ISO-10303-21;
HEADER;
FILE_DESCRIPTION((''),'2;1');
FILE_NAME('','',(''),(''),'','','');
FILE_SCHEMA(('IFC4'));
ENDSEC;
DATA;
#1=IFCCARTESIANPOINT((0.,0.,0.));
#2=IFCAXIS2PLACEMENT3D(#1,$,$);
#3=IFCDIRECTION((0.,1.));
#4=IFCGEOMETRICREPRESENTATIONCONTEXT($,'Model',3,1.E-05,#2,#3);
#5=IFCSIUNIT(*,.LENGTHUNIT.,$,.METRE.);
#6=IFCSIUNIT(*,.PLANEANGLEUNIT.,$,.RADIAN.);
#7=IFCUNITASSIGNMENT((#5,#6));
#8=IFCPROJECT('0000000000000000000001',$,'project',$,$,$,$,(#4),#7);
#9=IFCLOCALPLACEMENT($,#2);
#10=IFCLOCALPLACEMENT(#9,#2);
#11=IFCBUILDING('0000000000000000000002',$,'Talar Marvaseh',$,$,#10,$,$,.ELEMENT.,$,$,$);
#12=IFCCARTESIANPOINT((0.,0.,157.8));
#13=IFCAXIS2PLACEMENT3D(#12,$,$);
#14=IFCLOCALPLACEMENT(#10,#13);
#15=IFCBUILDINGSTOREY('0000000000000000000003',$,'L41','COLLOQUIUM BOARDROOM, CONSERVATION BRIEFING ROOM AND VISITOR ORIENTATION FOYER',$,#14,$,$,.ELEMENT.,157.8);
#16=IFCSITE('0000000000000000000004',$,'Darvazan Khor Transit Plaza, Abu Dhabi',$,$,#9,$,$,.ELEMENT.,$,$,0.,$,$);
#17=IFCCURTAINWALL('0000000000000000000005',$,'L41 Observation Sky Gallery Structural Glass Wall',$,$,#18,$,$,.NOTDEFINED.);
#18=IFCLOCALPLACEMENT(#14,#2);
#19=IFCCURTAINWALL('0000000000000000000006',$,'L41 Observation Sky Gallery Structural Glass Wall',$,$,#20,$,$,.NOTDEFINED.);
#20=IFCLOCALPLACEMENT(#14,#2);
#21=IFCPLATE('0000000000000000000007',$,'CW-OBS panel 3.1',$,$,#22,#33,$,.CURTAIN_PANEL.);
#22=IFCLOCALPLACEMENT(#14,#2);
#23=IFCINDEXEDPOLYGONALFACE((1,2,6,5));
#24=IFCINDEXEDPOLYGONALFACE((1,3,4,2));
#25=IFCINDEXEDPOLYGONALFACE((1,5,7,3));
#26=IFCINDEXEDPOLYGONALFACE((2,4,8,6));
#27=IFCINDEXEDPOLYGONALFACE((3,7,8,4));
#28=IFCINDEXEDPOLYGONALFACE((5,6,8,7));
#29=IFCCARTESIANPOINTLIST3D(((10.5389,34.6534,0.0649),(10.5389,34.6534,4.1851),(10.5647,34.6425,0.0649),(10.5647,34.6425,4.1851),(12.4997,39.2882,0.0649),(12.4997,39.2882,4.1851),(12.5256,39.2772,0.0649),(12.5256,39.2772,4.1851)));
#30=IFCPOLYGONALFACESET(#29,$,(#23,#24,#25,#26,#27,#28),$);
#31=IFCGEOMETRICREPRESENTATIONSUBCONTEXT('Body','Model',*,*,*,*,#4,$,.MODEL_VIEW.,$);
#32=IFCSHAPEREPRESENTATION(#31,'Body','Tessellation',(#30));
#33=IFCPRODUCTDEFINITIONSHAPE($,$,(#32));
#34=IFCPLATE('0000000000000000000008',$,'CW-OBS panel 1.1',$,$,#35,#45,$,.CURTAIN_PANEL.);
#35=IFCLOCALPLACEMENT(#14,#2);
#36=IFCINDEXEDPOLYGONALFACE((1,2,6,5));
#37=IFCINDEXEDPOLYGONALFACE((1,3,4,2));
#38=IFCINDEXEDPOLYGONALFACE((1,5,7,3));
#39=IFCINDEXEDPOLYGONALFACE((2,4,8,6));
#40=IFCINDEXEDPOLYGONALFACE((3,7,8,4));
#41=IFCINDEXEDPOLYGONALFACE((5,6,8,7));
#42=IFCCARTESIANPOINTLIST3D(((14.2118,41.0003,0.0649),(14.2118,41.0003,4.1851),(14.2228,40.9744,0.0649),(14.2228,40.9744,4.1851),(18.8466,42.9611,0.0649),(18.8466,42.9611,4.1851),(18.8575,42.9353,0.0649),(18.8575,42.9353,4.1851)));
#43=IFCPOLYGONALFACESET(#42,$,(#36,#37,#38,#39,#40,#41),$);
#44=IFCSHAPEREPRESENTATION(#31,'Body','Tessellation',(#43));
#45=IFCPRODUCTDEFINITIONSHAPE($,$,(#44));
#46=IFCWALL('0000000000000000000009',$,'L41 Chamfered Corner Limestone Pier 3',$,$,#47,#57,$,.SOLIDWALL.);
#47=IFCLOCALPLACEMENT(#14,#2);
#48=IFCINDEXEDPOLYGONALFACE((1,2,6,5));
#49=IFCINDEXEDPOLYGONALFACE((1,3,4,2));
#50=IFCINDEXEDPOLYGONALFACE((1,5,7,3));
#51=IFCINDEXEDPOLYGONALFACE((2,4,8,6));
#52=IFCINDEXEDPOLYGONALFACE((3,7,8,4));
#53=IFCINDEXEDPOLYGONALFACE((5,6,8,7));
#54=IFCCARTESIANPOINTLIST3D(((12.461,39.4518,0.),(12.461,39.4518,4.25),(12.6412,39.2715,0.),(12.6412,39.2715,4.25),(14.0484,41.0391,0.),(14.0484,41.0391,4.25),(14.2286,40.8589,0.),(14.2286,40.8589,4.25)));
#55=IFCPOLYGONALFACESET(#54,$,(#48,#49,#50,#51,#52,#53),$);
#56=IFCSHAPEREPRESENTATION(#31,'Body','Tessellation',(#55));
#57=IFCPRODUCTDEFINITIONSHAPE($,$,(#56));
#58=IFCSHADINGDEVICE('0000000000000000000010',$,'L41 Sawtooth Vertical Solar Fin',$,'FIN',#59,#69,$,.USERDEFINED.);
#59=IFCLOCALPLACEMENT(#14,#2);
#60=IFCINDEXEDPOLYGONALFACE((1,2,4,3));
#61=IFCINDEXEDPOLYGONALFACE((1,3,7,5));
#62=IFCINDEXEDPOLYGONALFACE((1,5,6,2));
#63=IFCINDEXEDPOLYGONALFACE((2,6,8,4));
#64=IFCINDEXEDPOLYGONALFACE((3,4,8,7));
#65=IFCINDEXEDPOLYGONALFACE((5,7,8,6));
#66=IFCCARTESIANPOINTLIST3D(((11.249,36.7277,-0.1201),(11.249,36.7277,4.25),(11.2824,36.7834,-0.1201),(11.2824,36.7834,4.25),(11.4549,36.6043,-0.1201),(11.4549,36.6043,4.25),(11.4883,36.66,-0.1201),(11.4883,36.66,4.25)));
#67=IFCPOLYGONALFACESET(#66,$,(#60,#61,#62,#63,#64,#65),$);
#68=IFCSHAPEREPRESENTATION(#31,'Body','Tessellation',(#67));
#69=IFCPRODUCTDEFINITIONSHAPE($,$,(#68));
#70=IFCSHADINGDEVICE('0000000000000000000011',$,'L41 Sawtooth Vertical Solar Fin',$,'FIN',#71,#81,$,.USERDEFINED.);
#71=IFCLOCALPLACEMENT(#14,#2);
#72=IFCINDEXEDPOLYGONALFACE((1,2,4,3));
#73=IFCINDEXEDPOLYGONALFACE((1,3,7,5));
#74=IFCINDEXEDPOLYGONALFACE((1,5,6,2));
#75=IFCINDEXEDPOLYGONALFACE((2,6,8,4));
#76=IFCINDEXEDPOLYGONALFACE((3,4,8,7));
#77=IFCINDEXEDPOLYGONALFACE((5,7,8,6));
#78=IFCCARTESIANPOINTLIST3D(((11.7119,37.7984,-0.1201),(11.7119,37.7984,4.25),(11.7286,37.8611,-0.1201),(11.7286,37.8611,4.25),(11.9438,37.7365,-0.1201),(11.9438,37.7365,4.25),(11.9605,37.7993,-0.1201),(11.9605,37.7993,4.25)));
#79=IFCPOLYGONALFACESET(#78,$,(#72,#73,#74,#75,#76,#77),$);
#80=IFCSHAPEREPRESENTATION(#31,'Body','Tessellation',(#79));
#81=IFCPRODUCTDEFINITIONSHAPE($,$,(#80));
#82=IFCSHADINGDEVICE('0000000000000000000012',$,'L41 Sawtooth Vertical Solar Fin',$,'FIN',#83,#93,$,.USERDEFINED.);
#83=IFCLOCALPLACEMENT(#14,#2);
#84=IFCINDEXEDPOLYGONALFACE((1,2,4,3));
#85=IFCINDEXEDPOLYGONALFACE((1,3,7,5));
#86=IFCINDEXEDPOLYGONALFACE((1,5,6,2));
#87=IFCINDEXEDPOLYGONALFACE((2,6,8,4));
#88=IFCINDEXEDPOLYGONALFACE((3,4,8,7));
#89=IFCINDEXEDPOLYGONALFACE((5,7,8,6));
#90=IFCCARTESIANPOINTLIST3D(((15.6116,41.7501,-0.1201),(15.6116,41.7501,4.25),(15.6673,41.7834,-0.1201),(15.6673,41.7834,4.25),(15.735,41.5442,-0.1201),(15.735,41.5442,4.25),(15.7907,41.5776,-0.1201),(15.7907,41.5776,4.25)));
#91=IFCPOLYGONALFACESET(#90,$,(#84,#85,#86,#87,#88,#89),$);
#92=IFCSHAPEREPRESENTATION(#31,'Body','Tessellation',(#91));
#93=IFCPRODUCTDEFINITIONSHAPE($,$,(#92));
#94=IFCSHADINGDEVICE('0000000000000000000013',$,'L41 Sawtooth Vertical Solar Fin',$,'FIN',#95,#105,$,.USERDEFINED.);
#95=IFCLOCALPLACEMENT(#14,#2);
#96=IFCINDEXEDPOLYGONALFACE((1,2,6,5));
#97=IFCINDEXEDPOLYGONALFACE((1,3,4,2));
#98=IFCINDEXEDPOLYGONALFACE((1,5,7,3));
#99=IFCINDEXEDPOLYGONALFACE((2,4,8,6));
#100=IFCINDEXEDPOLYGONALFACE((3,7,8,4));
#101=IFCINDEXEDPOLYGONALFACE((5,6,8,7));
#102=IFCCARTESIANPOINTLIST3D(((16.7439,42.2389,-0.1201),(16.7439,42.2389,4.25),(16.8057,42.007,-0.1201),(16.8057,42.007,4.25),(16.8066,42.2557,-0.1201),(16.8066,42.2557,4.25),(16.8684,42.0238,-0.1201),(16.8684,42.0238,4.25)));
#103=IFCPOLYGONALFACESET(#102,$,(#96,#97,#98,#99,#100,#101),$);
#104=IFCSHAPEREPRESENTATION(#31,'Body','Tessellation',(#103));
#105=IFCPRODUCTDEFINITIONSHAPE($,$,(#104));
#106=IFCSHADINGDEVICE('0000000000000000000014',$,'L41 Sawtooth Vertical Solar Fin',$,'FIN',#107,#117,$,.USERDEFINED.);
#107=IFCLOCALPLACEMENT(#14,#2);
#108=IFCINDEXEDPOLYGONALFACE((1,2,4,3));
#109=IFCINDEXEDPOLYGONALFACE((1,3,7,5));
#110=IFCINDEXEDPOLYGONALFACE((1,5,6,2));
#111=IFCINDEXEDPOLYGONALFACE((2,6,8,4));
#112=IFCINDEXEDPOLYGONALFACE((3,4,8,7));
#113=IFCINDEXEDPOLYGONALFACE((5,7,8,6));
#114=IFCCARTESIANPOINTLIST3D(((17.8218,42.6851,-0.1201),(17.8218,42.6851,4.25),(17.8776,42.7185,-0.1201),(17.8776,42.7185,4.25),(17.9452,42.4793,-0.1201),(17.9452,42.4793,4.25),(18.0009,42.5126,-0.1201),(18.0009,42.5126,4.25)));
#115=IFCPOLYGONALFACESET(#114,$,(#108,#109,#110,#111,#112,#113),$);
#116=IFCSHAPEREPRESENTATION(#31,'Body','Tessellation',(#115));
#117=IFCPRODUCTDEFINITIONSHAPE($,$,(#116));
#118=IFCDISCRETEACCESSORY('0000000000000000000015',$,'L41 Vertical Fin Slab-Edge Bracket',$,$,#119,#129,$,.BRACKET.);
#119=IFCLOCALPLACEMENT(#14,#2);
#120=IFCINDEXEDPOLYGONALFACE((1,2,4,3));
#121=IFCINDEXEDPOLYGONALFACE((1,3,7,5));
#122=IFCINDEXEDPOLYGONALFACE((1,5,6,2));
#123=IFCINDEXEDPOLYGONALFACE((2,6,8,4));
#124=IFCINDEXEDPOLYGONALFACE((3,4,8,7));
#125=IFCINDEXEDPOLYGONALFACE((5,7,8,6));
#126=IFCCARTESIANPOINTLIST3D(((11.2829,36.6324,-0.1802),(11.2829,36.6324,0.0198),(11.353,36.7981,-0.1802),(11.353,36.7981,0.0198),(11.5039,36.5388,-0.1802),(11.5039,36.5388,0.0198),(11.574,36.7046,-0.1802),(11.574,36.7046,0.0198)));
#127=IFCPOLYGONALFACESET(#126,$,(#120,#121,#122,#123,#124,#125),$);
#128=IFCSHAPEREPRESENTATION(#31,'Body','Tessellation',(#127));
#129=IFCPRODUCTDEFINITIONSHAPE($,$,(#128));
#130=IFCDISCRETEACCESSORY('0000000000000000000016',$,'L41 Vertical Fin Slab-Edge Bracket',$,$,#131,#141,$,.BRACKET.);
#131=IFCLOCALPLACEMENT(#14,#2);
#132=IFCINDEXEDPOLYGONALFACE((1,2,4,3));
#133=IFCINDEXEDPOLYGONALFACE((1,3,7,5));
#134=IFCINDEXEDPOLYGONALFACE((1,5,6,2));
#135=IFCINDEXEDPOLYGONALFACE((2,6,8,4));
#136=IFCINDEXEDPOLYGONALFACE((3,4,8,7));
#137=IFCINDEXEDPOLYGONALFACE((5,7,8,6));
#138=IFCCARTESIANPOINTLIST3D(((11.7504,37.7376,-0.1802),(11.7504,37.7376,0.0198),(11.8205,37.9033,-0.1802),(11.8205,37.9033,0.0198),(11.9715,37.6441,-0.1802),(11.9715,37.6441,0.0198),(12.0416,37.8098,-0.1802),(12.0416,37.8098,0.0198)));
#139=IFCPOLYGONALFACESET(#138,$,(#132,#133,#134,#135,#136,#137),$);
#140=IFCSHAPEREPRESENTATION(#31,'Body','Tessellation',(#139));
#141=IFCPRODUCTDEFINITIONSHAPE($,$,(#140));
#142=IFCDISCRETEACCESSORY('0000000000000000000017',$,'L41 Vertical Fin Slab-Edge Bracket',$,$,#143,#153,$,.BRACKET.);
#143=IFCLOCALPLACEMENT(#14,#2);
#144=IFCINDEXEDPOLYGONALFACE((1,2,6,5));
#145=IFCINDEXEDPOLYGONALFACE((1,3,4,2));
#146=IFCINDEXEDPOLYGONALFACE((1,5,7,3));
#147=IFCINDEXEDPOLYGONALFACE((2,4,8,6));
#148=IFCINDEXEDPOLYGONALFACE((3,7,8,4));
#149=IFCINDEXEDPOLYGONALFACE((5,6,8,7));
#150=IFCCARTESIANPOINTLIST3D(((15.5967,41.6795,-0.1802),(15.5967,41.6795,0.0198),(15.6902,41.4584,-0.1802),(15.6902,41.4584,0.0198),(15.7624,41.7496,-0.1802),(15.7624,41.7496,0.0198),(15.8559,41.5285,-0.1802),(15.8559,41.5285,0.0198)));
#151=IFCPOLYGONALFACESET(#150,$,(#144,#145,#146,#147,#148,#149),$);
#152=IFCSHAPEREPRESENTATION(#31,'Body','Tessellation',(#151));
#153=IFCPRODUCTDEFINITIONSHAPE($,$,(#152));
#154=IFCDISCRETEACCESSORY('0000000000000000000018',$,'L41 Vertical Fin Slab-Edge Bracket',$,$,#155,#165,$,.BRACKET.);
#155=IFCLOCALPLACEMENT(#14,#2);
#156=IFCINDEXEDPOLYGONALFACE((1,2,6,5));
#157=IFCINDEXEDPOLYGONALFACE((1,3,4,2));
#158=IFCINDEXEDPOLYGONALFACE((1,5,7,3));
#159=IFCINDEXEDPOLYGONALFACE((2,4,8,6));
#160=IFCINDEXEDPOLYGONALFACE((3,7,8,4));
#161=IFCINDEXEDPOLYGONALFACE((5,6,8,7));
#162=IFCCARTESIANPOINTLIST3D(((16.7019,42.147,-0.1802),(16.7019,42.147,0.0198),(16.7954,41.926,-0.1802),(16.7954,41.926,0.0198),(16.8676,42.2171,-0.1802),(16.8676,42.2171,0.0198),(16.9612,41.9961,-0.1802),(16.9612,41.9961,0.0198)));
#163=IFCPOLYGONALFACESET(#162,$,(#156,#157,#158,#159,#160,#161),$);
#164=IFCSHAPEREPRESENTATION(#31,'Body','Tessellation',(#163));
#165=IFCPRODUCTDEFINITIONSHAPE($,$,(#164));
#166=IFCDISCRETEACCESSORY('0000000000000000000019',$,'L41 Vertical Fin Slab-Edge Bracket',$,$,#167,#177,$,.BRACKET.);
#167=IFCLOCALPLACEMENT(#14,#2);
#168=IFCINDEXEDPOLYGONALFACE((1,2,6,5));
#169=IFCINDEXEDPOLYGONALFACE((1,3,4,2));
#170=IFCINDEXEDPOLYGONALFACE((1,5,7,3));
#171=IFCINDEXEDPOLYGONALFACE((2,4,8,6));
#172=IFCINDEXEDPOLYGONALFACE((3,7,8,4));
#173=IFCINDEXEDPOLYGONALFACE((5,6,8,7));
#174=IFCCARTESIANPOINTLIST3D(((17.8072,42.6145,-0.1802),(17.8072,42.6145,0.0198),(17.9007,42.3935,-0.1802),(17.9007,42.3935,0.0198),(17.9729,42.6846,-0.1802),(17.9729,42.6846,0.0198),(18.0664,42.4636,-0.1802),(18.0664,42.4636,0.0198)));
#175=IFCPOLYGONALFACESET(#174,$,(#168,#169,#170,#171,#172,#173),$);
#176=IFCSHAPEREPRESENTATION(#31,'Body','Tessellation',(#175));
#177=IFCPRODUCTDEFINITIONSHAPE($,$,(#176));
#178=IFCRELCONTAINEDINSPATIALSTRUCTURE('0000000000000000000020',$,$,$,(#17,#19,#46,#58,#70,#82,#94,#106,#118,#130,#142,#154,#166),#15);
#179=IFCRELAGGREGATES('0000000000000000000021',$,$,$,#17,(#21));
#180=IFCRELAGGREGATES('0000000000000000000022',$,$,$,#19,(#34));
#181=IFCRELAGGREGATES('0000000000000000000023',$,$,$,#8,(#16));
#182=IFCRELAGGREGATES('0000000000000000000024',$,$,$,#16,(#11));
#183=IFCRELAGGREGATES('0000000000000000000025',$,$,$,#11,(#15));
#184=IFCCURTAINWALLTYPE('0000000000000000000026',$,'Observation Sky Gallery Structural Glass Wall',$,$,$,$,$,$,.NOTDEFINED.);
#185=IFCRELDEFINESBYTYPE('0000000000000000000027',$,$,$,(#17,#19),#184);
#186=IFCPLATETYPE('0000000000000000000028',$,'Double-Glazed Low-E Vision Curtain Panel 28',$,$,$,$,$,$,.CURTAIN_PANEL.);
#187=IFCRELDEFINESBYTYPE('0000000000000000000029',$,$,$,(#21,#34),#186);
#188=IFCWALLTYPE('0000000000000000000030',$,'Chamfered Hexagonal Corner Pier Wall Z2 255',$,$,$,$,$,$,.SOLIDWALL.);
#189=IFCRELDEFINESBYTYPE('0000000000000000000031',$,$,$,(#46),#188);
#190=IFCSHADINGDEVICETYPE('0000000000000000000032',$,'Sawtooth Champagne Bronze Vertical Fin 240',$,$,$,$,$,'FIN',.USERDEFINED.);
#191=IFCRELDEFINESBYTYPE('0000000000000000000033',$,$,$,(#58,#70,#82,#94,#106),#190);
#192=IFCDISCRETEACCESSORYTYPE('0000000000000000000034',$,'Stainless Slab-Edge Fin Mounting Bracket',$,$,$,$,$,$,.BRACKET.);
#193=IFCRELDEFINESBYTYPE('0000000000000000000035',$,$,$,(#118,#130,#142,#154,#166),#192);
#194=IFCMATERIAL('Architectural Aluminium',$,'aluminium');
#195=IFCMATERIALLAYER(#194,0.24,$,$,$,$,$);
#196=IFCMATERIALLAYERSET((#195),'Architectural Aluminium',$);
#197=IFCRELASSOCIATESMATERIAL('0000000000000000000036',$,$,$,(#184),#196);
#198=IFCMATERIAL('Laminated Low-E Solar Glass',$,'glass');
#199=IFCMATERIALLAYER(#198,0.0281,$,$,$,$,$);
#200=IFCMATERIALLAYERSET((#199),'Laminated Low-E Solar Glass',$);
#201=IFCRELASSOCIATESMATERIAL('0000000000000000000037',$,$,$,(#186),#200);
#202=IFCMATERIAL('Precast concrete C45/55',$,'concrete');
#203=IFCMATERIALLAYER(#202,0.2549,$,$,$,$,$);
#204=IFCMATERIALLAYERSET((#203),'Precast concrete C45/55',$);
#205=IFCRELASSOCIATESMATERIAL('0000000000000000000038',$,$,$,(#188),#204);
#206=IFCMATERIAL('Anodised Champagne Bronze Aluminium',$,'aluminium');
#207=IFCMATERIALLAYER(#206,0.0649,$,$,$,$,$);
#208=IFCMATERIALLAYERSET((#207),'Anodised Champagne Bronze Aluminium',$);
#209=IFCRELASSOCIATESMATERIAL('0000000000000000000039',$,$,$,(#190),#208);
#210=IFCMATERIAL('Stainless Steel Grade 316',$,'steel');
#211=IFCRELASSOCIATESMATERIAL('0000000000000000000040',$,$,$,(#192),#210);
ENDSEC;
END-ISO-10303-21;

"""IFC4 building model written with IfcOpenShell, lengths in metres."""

from ifc_helpers import new_model, si_unit, direction, frame, frame_2d, origin, origin_2d, place, context, subcontext, project, spatial, rectangle, extrude, source, transform, mapped, material, layer, layer_set, type_object, type_shapes, element, aggregate, save


model = new_model("IFC4")

# Units and contexts
model_context = context("Model", 3, precision=1e-05, world=origin(), true_north=direction((0.0, 1.0)))
body_context = subcontext(model_context, "Body", "Model", "MODEL_VIEW")
ifc_project = project(units=[si_unit("LENGTHUNIT", "METRE"), si_unit("PLANEANGLEUNIT", "RADIAN")], contexts=[model_context])

# Site, building, storey
site_placement = place(None, origin())
site = spatial("IfcSite", under=ifc_project, at=site_placement, Name="Darvazan Khor Transit Plaza, Abu Dhabi", CompositionType="ELEMENT", RefElevation=0.0)
building_placement = place(site_placement, origin())
building = spatial("IfcBuilding", under=site, at=building_placement, Name="Talar Marvaseh", CompositionType="ELEMENT")
storey_placement = place(building_placement, frame((0.0, 0.0, 157.8)))
storey = spatial("IfcBuildingStorey", under=building, at=storey_placement, Name="L41", Description="COLLOQUIUM BOARDROOM, CONSERVATION BRIEFING ROOM AND VISITOR ORIENTATION FOYER", CompositionType="ELEMENT", Elevation=157.8)

# Curtain wall
ifc_material_1 = material(Name="Architectural Aluminium", Category="aluminium")
ifc_layer_1 = layer(ifc_material_1, 0.24)
ifc_layer_set_1 = layer_set([ifc_layer_1], Name="Architectural Aluminium")
curtain_wall_type = type_object("IfcCurtainWallType", Name="Observation Sky Gallery Structural Glass Wall", PredefinedType="NOTDEFINED", material=ifc_layer_set_1)
curtain_wall_1_placement = place(storey_placement, origin())
curtain_wall_1 = element("IfcCurtainWall", 1, at=curtain_wall_1_placement, inside=storey, type_object=curtain_wall_type, Name="L41 Observation Sky Gallery Structural Glass Wall", PredefinedType="NOTDEFINED")

# Curtain wall
curtain_wall_2_placement = place(storey_placement, origin())
curtain_wall_2 = element("IfcCurtainWall", 2, at=curtain_wall_2_placement, inside=storey, type_object=curtain_wall_type, Name="L41 Observation Sky Gallery Structural Glass Wall", PredefinedType="NOTDEFINED")

# Plates
ifc_material_2 = material(Name="Laminated Low-E Solar Glass", Category="glass")
ifc_layer_2 = layer(ifc_material_2, 0.0281)
ifc_layer_set_2 = layer_set([ifc_layer_2], Name="Laminated Low-E Solar Glass")
plate_type = type_object("IfcPlateType", Name="Double-Glazed Low-E Vision Curtain Panel 28", PredefinedType="CURTAIN_PANEL", material=ifc_layer_set_2)
shared_shape_1 = source(origin(), body_context, "Body", "SweptSolid", [
    extrude(rectangle(XDim=5.0325, YDim=0.0281, at=origin_2d()), origin(), (0.0, 0.0, 1.0), 4.1201),
])
type_shapes(plate_type, [shared_shape_1])
plate_1_placement = place(storey_placement, frame((11.5322, 36.9653, 0.0649), z_axis=(0.0, 0.0, 1.0), x_axis=(0.38964, 0.920967, 0.0)))
plate_1 = element("IfcPlate", 3, at=plate_1_placement, type_object=plate_type, Name="CW-OBS panel 3.1", PredefinedType="CURTAIN_PANEL", context=body_context, shape_type="MappedRepresentation", body=[
    mapped(shared_shape_1, transform((0.0, 0.0, 0.0), x_axis=(1.0, 0.0, 0.0), y_axis=(0.0, 1.0, 0.0), z_axis=(0.0, 0.0, 1.0), scale=1.0)),
])
aggregate(curtain_wall_1, [plate_1])
plate_2_placement = place(storey_placement, frame((16.5347, 41.9678, 0.0649), z_axis=(0.0, 0.0, 1.0), x_axis=(0.920967, 0.38964, 0.0)))
plate_2 = element("IfcPlate", 4, at=plate_2_placement, type_object=plate_type, Name="CW-OBS panel 1.1", PredefinedType="CURTAIN_PANEL", context=body_context, shape_type="MappedRepresentation", body=[
    mapped(shared_shape_1, transform((0.0, 0.0, 0.0), x_axis=(1.0, 0.0, 0.0), y_axis=(0.0, 1.0, 0.0), z_axis=(0.0, 0.0, 1.0), scale=1.0)),
])
aggregate(curtain_wall_2, [plate_2])

# Wall
ifc_material_3 = material(Name="Precast concrete C45/55", Category="concrete")
ifc_layer_3 = layer(ifc_material_3, 0.2549)
ifc_layer_set_3 = layer_set([ifc_layer_3], Name="Precast concrete C45/55")
wall_type = type_object("IfcWallType", Name="Chamfered Hexagonal Corner Pier Wall Z2 255", PredefinedType="SOLIDWALL", material=ifc_layer_set_3)
wall_placement = place(storey_placement, frame((12.551, 39.3616, 0.0), z_axis=(0.0, 0.0, 1.0), x_axis=(0.707107, 0.707107, 0.0)))
element("IfcWall", 5, at=wall_placement, inside=storey, type_object=wall_type, Name="L41 Chamfered Corner Limestone Pier 3", PredefinedType="SOLIDWALL", context=body_context, shape_type="SweptSolid", body=[
    extrude(rectangle(XDim=2.2449, YDim=0.2549, at=frame_2d((1.1226, 0.0))), origin(), (0.0, 0.0, 1.0), 4.25),
])

# Shading devices
ifc_material_4 = material(Name="Anodised Champagne Bronze Aluminium", Category="aluminium")
ifc_layer_4 = layer(ifc_material_4, 0.0649)
ifc_layer_set_4 = layer_set([ifc_layer_4], Name="Anodised Champagne Bronze Aluminium")
shading_device_type = type_object("IfcShadingDeviceType", Name="Sawtooth Champagne Bronze Vertical Fin 240", ElementType="FIN", PredefinedType="USERDEFINED", material=ifc_layer_set_4)
shared_shape_2 = source(origin(), body_context, "Body", "SweptSolid", [
    extrude(rectangle(XDim=0.24, YDim=0.0649, at=origin_2d()), origin(), (0.0, 0.0, 1.0), 4.3701),
])
type_shapes(shading_device_type, [shared_shape_2])
for number, where, z_axis, x_axis, name in (
    (6, (11.3687, 36.6938, -0.1201), (0.0, 0.0, 1.0), (-0.857796, 0.51399, 0.0), "L41 Sawtooth Vertical Solar Fin"),
    (7, (11.8362, 37.7988, -0.1201), (0.0, 0.0, 1.0), (-0.966241, 0.257639, 0.0), "L41 Sawtooth Vertical Solar Fin"),
    (8, (15.7012, 41.6638, -0.1201), (0.0, 0.0, 1.0), (-0.51399, 0.857796, 0.0), "L41 Sawtooth Vertical Solar Fin"),
    (9, (16.8062, 42.1313, -0.1201), (0.0, 0.0, 1.0), (-0.257639, 0.966241, 0.0), "L41 Sawtooth Vertical Solar Fin"),
    (10, (17.9114, 42.5989, -0.1201), (0.0, 0.0, 1.0), (-0.51399, 0.857796, 0.0), "L41 Sawtooth Vertical Solar Fin"),
):
    element("IfcShadingDevice", number, at=place(storey_placement, frame(where, z_axis=z_axis, x_axis=x_axis)), inside=storey, type_object=shading_device_type, Name=name, ObjectType="FIN", PredefinedType="USERDEFINED", context=body_context, shape_type="MappedRepresentation", body=[
        mapped(shared_shape_2, transform((0.0, 0.0, 0.0), x_axis=(1.0, 0.0, 0.0), y_axis=(0.0, 1.0, 0.0), z_axis=(0.0, 0.0, 1.0), scale=1.0)),
    ])

# Discrete accessories
ifc_material_5 = material(Name="Stainless Steel Grade 316", Category="steel")
discrete_accessory_type = type_object("IfcDiscreteAccessoryType", Name="Stainless Slab-Edge Fin Mounting Bracket", PredefinedType="BRACKET", material=ifc_material_5)
shared_shape_3 = source(origin(), body_context, "Body", "SweptSolid", [
    extrude(rectangle(XDim=0.24, YDim=0.1799, at=origin_2d()), origin(), (0.0, 0.0, 1.0), 0.2),
])
type_shapes(discrete_accessory_type, [shared_shape_3])
for number, where, z_axis, x_axis, name in (
    (11, (11.4285, 36.6685, -0.1802), (0.0, 0.0, 1.0), (-0.920982, 0.389606, 0.0), "L41 Vertical Fin Slab-Edge Bracket"),
    (12, (11.896, 37.7737, -0.1802), (0.0, 0.0, 1.0), (-0.920982, 0.389606, 0.0), "L41 Vertical Fin Slab-Edge Bracket"),
    (13, (15.7263, 41.604, -0.1802), (0.0, 0.0, 1.0), (-0.389606, 0.920982, 0.0), "L41 Vertical Fin Slab-Edge Bracket"),
    (14, (16.8315, 42.0715, -0.1802), (0.0, 0.0, 1.0), (-0.389606, 0.920982, 0.0), "L41 Vertical Fin Slab-Edge Bracket"),
    (15, (17.9368, 42.5391, -0.1802), (0.0, 0.0, 1.0), (-0.389606, 0.920982, 0.0), "L41 Vertical Fin Slab-Edge Bracket"),
):
    element("IfcDiscreteAccessory", number, at=place(storey_placement, frame(where, z_axis=z_axis, x_axis=x_axis)), inside=storey, type_object=discrete_accessory_type, Name=name, PredefinedType="BRACKET", context=body_context, shape_type="MappedRepresentation", body=[
        mapped(shared_shape_3, transform((0.0, 0.0, 0.0), x_axis=(1.0, 0.0, 0.0), y_axis=(0.0, 1.0, 0.0), z_axis=(0.0, 0.0, 1.0), scale=1.0)),
    ])

save(model, "model.ifc")
